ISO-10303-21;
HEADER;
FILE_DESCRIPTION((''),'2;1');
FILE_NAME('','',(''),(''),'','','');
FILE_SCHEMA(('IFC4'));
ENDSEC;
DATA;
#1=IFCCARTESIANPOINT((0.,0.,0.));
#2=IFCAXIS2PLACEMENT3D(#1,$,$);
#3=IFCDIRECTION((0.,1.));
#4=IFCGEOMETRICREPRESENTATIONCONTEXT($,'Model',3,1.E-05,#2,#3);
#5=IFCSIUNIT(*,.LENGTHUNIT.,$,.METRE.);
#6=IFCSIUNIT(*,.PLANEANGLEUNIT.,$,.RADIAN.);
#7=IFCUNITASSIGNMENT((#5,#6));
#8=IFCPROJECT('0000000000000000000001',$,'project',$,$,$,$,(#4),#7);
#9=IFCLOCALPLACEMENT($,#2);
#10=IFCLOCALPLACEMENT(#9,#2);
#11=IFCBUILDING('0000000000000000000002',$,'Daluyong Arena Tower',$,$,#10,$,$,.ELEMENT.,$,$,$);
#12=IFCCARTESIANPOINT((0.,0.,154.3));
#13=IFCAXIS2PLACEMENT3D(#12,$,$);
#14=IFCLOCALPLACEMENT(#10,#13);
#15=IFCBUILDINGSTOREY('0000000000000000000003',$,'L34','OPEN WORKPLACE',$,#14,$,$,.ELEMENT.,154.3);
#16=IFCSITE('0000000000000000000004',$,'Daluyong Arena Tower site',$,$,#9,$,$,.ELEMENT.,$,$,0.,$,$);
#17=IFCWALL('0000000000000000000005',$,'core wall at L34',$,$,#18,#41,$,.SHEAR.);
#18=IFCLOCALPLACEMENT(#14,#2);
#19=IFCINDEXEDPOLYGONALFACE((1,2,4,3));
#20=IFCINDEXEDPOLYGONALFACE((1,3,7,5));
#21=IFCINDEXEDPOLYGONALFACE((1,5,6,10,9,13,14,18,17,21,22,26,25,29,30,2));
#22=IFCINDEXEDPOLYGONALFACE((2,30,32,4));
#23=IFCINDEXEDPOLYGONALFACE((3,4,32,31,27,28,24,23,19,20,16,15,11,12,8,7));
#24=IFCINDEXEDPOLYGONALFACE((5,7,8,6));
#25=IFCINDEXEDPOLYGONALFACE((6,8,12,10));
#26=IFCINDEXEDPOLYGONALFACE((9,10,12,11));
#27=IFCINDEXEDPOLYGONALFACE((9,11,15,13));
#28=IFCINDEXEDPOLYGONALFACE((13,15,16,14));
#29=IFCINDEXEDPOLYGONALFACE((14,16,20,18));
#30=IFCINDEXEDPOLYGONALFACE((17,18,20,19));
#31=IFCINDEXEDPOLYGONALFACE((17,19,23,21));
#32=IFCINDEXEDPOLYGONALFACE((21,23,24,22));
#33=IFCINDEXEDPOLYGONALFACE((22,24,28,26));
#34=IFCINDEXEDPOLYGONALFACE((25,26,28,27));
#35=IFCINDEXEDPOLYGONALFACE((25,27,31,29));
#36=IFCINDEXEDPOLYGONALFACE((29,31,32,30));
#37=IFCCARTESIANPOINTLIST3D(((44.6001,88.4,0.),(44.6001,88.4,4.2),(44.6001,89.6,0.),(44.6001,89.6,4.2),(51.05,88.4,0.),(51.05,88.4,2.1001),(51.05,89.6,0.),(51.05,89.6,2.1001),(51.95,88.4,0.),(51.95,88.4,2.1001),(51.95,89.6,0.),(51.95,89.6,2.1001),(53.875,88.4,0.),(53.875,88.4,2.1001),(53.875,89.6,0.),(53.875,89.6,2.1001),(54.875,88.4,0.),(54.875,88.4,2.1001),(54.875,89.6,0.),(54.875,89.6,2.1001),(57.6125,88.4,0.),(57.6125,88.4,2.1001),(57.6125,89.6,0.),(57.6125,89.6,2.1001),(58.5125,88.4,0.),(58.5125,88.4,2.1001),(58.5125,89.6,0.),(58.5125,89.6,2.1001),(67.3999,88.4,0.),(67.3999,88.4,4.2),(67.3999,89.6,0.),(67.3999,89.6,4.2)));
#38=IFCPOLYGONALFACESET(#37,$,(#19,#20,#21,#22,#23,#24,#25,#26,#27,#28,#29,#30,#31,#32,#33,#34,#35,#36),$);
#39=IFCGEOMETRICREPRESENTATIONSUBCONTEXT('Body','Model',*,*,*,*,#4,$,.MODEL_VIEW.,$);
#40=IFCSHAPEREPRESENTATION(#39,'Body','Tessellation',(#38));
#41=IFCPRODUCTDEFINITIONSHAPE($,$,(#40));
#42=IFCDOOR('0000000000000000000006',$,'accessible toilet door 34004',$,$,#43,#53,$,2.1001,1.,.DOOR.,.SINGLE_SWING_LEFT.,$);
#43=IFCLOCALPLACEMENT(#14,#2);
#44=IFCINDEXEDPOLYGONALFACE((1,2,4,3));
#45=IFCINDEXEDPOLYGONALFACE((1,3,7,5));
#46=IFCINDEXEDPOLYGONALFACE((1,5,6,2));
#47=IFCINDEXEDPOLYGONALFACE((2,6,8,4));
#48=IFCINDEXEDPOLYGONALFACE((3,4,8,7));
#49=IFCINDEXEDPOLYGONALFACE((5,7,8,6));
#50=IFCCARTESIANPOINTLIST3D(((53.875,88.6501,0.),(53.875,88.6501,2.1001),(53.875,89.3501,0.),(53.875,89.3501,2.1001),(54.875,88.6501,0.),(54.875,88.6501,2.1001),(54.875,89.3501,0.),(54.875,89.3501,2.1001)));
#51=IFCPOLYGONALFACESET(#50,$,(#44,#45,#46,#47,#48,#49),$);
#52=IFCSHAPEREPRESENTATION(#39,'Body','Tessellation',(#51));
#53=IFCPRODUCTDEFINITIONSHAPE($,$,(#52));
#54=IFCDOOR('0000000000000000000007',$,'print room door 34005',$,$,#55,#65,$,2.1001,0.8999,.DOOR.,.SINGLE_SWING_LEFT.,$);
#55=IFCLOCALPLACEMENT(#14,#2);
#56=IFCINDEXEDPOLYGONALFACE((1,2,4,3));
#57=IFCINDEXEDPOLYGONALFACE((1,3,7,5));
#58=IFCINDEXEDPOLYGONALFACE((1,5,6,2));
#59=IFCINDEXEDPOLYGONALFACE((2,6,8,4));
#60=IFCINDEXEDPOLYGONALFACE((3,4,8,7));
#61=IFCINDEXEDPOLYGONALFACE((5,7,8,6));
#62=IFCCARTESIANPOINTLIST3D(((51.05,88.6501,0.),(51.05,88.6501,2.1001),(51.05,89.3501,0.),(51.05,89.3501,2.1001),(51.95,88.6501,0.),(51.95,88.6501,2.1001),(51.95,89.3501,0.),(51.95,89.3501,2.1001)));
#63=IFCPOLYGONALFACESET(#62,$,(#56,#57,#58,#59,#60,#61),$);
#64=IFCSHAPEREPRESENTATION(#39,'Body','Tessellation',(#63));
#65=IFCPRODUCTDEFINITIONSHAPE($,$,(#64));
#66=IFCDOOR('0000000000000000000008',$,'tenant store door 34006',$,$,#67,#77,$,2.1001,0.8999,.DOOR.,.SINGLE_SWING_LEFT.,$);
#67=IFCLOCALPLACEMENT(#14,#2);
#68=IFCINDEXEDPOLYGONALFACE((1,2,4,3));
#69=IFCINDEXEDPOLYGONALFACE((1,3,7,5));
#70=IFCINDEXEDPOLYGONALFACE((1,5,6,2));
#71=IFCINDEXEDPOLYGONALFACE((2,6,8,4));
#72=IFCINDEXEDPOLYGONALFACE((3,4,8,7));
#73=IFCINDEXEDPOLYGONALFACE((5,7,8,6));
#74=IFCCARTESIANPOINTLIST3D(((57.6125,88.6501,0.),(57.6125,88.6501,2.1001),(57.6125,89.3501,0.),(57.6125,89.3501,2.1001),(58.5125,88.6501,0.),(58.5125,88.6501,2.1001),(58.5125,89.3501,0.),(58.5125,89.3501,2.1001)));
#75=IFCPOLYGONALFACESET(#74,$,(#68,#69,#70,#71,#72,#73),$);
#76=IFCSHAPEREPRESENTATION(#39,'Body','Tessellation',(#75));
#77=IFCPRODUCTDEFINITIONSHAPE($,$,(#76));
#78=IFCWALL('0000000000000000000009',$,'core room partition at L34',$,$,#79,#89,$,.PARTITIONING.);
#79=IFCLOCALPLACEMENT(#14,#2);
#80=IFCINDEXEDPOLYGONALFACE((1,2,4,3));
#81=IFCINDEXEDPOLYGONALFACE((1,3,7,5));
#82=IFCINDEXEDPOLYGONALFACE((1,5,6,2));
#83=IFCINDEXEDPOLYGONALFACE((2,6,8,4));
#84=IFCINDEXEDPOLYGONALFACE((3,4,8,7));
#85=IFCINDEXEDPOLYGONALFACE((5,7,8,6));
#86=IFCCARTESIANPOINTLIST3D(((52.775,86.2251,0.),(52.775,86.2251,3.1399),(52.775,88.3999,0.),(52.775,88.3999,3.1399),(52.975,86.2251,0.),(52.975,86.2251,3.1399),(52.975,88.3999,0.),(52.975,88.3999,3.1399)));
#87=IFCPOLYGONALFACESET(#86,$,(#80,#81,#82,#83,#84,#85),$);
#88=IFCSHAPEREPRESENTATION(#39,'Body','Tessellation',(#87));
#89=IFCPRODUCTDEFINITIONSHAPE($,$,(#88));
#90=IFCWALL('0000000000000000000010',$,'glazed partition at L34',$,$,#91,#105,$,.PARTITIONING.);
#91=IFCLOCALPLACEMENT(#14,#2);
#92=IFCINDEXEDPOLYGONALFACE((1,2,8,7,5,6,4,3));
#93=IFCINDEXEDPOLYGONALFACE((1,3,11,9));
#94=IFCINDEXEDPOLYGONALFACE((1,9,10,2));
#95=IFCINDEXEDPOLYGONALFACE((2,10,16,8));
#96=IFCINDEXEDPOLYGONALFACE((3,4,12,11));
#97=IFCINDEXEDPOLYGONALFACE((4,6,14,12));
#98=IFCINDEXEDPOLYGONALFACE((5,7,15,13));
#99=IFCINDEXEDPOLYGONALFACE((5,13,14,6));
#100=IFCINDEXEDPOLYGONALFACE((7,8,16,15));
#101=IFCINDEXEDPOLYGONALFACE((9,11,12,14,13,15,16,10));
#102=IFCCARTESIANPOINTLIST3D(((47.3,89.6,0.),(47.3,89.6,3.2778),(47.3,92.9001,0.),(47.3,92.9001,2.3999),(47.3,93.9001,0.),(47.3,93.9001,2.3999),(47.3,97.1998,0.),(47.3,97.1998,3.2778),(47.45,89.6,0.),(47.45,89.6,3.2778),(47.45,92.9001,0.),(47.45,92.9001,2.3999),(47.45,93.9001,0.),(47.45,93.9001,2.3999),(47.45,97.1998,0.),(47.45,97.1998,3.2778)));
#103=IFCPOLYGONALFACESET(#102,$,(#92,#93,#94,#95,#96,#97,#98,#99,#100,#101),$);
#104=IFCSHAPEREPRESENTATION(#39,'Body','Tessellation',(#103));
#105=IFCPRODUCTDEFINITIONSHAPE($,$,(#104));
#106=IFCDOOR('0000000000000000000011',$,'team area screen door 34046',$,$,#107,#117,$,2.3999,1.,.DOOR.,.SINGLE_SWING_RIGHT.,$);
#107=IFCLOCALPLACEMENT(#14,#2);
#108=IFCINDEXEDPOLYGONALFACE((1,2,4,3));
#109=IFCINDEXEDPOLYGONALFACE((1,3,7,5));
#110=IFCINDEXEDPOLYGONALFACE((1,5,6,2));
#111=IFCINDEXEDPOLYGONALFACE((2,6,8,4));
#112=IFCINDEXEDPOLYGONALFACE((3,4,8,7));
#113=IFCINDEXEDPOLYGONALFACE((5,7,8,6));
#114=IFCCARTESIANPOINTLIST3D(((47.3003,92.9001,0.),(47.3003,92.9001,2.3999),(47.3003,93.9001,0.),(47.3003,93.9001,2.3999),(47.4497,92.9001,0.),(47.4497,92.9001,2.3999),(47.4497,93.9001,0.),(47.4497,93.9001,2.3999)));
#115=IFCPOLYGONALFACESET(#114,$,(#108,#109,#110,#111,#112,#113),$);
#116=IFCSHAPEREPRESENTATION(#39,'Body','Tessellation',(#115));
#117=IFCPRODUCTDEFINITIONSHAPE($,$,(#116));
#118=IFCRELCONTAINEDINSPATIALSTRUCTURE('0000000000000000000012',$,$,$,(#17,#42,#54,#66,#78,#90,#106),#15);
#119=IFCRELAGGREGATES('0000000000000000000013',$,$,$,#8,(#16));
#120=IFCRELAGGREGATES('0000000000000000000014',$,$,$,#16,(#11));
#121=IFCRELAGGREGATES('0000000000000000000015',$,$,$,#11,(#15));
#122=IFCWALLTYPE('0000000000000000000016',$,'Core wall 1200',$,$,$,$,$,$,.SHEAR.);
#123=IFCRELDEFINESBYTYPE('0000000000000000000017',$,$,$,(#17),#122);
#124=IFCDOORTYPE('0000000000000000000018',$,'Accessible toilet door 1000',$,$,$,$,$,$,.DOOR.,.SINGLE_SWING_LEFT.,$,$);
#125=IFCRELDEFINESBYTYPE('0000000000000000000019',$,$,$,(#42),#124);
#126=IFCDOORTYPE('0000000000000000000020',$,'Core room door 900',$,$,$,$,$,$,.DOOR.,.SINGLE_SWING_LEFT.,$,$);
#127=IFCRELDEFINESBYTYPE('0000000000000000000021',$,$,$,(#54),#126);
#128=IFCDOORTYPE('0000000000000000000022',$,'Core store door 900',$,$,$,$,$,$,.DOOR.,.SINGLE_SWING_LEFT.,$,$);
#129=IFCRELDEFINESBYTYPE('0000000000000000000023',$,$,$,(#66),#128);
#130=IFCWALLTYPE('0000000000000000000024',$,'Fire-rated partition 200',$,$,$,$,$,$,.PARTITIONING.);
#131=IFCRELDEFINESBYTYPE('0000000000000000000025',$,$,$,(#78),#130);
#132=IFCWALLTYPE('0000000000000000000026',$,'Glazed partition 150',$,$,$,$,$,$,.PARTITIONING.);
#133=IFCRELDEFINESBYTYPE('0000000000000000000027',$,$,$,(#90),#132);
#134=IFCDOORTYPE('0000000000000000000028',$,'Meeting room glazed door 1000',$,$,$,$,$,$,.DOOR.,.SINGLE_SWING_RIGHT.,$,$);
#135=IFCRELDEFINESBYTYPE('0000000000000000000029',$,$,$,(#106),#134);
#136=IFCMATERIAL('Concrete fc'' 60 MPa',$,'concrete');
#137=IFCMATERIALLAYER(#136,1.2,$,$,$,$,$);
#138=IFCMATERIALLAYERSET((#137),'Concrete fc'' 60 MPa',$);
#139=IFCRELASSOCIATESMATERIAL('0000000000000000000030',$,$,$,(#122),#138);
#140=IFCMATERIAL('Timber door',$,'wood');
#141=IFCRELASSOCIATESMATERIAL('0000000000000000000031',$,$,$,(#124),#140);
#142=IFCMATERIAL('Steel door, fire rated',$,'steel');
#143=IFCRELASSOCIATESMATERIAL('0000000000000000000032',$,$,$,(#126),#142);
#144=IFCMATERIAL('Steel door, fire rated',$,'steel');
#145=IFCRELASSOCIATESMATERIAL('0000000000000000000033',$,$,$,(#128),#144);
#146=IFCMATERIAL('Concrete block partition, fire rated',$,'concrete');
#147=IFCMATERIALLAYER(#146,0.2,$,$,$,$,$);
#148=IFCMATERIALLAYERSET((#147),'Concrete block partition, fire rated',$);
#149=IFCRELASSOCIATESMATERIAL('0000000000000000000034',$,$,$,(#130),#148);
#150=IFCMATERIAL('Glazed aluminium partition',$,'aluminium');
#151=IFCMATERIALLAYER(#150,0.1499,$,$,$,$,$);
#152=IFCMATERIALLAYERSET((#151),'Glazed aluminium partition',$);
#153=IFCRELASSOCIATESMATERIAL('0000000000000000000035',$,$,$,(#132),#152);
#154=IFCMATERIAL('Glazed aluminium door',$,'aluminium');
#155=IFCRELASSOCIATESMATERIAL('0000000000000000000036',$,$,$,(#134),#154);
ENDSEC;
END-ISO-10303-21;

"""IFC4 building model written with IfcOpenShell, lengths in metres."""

from ifc_helpers import new_model, si_unit, direction, frame, frame_2d, origin, place, context, subcontext, project, spatial, rectangle, extrude, material, layer, layer_set, type_object, element, fill, save


model = new_model("IFC4")

# Units and contexts
model_context = context("Model", 3, precision=1e-05, world=origin(), true_north=direction((0.0, 1.0)))
body_context = subcontext(model_context, "Body", "Model", "MODEL_VIEW")
ifc_project = project(units=[si_unit("LENGTHUNIT", "METRE"), si_unit("PLANEANGLEUNIT", "RADIAN")], contexts=[model_context])

# Site, building, storey
site_placement = place(None, origin())
site = spatial("IfcSite", under=ifc_project, at=site_placement, Name="Daluyong Arena Tower site", CompositionType="ELEMENT", RefElevation=0.0)
building_placement = place(site_placement, origin())
building = spatial("IfcBuilding", under=site, at=building_placement, Name="Daluyong Arena Tower", CompositionType="ELEMENT")
storey_placement = place(building_placement, frame((0.0, 0.0, 154.3)))
storey = spatial("IfcBuildingStorey", under=building, at=storey_placement, Name="L34", Description="OPEN WORKPLACE", CompositionType="ELEMENT", Elevation=154.3)

# Wall, openings, doors
ifc_material_1 = material(Name="Concrete fc' 60 MPa", Category="concrete")
ifc_layer_1 = layer(ifc_material_1, 1.2)
ifc_layer_set_1 = layer_set([ifc_layer_1], Name="Concrete fc' 60 MPa")
wall_type_1 = type_object("IfcWallType", Name="Core wall 1200", PredefinedType="SHEAR", material=ifc_layer_set_1)
wall_1_placement = place(storey_placement, frame((44.6001, 89.0, 0.0), z_axis=(0.0, 0.0, 1.0), x_axis=(1.0, 0.0, 0.0)))
wall_1 = element("IfcWall", 1, at=wall_1_placement, inside=storey, type_object=wall_type_1, Name="core wall at L34", PredefinedType="SHEAR", context=body_context, shape_type="SweptSolid", body=[
    extrude(rectangle(XDim=22.7998, YDim=1.2, at=frame_2d((11.3999, 0.0))), origin(), (0.0, 0.0, 1.0), 4.2),
])
opening_1_placement = place(wall_1_placement, frame((9.2749, 0.0, 0.0)))
opening_1 = element("IfcOpeningElement", 2, at=opening_1_placement, cuts=wall_1, PredefinedType="OPENING", context=body_context, shape_type="SweptSolid", body=[
    extrude(rectangle(XDim=1.0, YDim=2.1001, at=frame_2d((0.5, 1.05))), frame((0.0, 0.6099, 0.0), z_axis=(0.0, -1.0, 0.0), x_axis=(1.0, 0.0, 0.0)), (0.0, 0.0, 1.0), 1.22),
])
opening_2_placement = place(wall_1_placement, frame((6.45, 0.0, 0.0)))
opening_2 = element("IfcOpeningElement", 3, at=opening_2_placement, cuts=wall_1, PredefinedType="OPENING", context=body_context, shape_type="SweptSolid", body=[
    extrude(rectangle(XDim=0.8999, YDim=2.1001, at=frame_2d((0.45, 1.05))), frame((0.0, 0.6099, 0.0), z_axis=(0.0, -1.0, 0.0), x_axis=(1.0, 0.0, 0.0)), (0.0, 0.0, 1.0), 1.22),
])
opening_3_placement = place(wall_1_placement, frame((13.0125, 0.0, 0.0)))
opening_3 = element("IfcOpeningElement", 4, at=opening_3_placement, cuts=wall_1, PredefinedType="OPENING", context=body_context, shape_type="SweptSolid", body=[
    extrude(rectangle(XDim=0.8999, YDim=2.1001, at=frame_2d((0.45, 1.05))), frame((0.0, 0.6099, 0.0), z_axis=(0.0, -1.0, 0.0), x_axis=(1.0, 0.0, 0.0)), (0.0, 0.0, 1.0), 1.22),
])
ifc_material_2 = material(Name="Timber door", Category="wood")
door_type_1 = type_object("IfcDoorType", Name="Accessible toilet door 1000", OperationType="SINGLE_SWING_LEFT", PredefinedType="DOOR", material=ifc_material_2)
door_1_placement = place(opening_1_placement, origin())
door_1 = element("IfcDoor", 5, at=door_1_placement, inside=storey, type_object=door_type_1, Name="accessible toilet door 34004", OperationType="SINGLE_SWING_LEFT", OverallHeight=2.1001, OverallWidth=1.0, PredefinedType="DOOR", context=body_context, shape_type="SweptSolid", body=[
    extrude(rectangle(XDim=1.0, YDim=2.1001, at=frame_2d((0.5, 1.05))), frame((0.0, 0.3501, 0.0), z_axis=(0.0, -1.0, 0.0), x_axis=(1.0, 0.0, 0.0)), (0.0, 0.0, 1.0), 0.7),
])
fill(opening_1, door_1)
ifc_material_3 = material(Name="Steel door, fire rated", Category="steel")
door_type_2 = type_object("IfcDoorType", Name="Core room door 900", OperationType="SINGLE_SWING_LEFT", PredefinedType="DOOR", material=ifc_material_3)
door_2_placement = place(opening_2_placement, origin())
door_2 = element("IfcDoor", 6, at=door_2_placement, inside=storey, type_object=door_type_2, Name="print room door 34005", OperationType="SINGLE_SWING_LEFT", OverallHeight=2.1001, OverallWidth=0.8999, PredefinedType="DOOR", context=body_context, shape_type="SweptSolid", body=[
    extrude(rectangle(XDim=0.8999, YDim=2.1001, at=frame_2d((0.45, 1.05))), frame((0.0, 0.3501, 0.0), z_axis=(0.0, -1.0, 0.0), x_axis=(1.0, 0.0, 0.0)), (0.0, 0.0, 1.0), 0.7),
])
fill(opening_2, door_2)
ifc_material_4 = material(Name="Steel door, fire rated", Category="steel")
door_type_3 = type_object("IfcDoorType", Name="Core store door 900", OperationType="SINGLE_SWING_LEFT", PredefinedType="DOOR", material=ifc_material_4)
door_3_placement = place(opening_3_placement, origin())
door_3 = element("IfcDoor", 7, at=door_3_placement, inside=storey, type_object=door_type_3, Name="tenant store door 34006", OperationType="SINGLE_SWING_LEFT", OverallHeight=2.1001, OverallWidth=0.8999, PredefinedType="DOOR", context=body_context, shape_type="SweptSolid", body=[
    extrude(rectangle(XDim=0.8999, YDim=2.1001, at=frame_2d((0.45, 1.05))), frame((0.0, 0.3501, 0.0), z_axis=(0.0, -1.0, 0.0), x_axis=(1.0, 0.0, 0.0)), (0.0, 0.0, 1.0), 0.7),
])
fill(opening_3, door_3)

# Wall
ifc_material_5 = material(Name="Concrete block partition, fire rated", Category="concrete")
ifc_layer_2 = layer(ifc_material_5, 0.2)
ifc_layer_set_2 = layer_set([ifc_layer_2], Name="Concrete block partition, fire rated")
wall_type_2 = type_object("IfcWallType", Name="Fire-rated partition 200", PredefinedType="PARTITIONING", material=ifc_layer_set_2)
wall_2_placement = place(storey_placement, frame((52.875, 86.2251, 0.0), z_axis=(0.0, 0.0, 1.0), x_axis=(0.0, 1.0, 0.0)))
element("IfcWall", 8, at=wall_2_placement, inside=storey, type_object=wall_type_2, Name="core room partition at L34", PredefinedType="PARTITIONING", context=body_context, shape_type="SweptSolid", body=[
    extrude(rectangle(XDim=2.1748, YDim=0.2, at=frame_2d((1.0874, 0.0))), origin(), (0.0, 0.0, 1.0), 3.1399),
])

# Wall, opening, door
ifc_material_6 = material(Name="Glazed aluminium partition", Category="aluminium")
ifc_layer_3 = layer(ifc_material_6, 0.1499)
ifc_layer_set_3 = layer_set([ifc_layer_3], Name="Glazed aluminium partition")
wall_type_3 = type_object("IfcWallType", Name="Glazed partition 150", PredefinedType="PARTITIONING", material=ifc_layer_set_3)
wall_3_placement = place(storey_placement, frame((47.375, 89.6001, 0.0), z_axis=(0.0, 0.0, 1.0), x_axis=(0.0, 1.0, 0.0)))
wall_3 = element("IfcWall", 9, at=wall_3_placement, inside=storey, type_object=wall_type_3, Name="glazed partition at L34", PredefinedType="PARTITIONING", context=body_context, shape_type="SweptSolid", body=[
    extrude(rectangle(XDim=7.5999, YDim=0.1499, at=frame_2d((3.7998, 0.0))), origin(), (0.0, 0.0, 1.0), 3.2778),
])
opening_4_placement = place(wall_3_placement, frame((3.3, 0.0, 0.0)))
opening_4 = element("IfcOpeningElement", 10, at=opening_4_placement, cuts=wall_3, PredefinedType="OPENING", context=body_context, shape_type="SweptSolid", body=[
    extrude(rectangle(XDim=1.0, YDim=2.3999, at=frame_2d((0.5, 1.2))), frame((0.0, 0.085, 0.0), z_axis=(0.0, -1.0, 0.0), x_axis=(1.0, 0.0, 0.0)), (0.0, 0.0, 1.0), 0.1699),
])
ifc_material_7 = material(Name="Glazed aluminium door", Category="aluminium")
door_type_4 = type_object("IfcDoorType", Name="Meeting room glazed door 1000", OperationType="SINGLE_SWING_RIGHT", PredefinedType="DOOR", material=ifc_material_7)
door_4_placement = place(opening_4_placement, origin())
door_4 = element("IfcDoor", 11, at=door_4_placement, inside=storey, type_object=door_type_4, Name="team area screen door 34046", OperationType="SINGLE_SWING_RIGHT", OverallHeight=2.3999, OverallWidth=1.0, PredefinedType="DOOR", context=body_context, shape_type="SweptSolid", body=[
    extrude(rectangle(XDim=1.0, YDim=2.3999, at=frame_2d((0.5, 1.2))), frame((0.0, 0.0747, 0.0), z_axis=(0.0, -1.0, 0.0), x_axis=(1.0, 0.0, 0.0)), (0.0, 0.0, 1.0), 0.1494),
])
fill(opening_4, door_4)

save(model, "model.ifc")
